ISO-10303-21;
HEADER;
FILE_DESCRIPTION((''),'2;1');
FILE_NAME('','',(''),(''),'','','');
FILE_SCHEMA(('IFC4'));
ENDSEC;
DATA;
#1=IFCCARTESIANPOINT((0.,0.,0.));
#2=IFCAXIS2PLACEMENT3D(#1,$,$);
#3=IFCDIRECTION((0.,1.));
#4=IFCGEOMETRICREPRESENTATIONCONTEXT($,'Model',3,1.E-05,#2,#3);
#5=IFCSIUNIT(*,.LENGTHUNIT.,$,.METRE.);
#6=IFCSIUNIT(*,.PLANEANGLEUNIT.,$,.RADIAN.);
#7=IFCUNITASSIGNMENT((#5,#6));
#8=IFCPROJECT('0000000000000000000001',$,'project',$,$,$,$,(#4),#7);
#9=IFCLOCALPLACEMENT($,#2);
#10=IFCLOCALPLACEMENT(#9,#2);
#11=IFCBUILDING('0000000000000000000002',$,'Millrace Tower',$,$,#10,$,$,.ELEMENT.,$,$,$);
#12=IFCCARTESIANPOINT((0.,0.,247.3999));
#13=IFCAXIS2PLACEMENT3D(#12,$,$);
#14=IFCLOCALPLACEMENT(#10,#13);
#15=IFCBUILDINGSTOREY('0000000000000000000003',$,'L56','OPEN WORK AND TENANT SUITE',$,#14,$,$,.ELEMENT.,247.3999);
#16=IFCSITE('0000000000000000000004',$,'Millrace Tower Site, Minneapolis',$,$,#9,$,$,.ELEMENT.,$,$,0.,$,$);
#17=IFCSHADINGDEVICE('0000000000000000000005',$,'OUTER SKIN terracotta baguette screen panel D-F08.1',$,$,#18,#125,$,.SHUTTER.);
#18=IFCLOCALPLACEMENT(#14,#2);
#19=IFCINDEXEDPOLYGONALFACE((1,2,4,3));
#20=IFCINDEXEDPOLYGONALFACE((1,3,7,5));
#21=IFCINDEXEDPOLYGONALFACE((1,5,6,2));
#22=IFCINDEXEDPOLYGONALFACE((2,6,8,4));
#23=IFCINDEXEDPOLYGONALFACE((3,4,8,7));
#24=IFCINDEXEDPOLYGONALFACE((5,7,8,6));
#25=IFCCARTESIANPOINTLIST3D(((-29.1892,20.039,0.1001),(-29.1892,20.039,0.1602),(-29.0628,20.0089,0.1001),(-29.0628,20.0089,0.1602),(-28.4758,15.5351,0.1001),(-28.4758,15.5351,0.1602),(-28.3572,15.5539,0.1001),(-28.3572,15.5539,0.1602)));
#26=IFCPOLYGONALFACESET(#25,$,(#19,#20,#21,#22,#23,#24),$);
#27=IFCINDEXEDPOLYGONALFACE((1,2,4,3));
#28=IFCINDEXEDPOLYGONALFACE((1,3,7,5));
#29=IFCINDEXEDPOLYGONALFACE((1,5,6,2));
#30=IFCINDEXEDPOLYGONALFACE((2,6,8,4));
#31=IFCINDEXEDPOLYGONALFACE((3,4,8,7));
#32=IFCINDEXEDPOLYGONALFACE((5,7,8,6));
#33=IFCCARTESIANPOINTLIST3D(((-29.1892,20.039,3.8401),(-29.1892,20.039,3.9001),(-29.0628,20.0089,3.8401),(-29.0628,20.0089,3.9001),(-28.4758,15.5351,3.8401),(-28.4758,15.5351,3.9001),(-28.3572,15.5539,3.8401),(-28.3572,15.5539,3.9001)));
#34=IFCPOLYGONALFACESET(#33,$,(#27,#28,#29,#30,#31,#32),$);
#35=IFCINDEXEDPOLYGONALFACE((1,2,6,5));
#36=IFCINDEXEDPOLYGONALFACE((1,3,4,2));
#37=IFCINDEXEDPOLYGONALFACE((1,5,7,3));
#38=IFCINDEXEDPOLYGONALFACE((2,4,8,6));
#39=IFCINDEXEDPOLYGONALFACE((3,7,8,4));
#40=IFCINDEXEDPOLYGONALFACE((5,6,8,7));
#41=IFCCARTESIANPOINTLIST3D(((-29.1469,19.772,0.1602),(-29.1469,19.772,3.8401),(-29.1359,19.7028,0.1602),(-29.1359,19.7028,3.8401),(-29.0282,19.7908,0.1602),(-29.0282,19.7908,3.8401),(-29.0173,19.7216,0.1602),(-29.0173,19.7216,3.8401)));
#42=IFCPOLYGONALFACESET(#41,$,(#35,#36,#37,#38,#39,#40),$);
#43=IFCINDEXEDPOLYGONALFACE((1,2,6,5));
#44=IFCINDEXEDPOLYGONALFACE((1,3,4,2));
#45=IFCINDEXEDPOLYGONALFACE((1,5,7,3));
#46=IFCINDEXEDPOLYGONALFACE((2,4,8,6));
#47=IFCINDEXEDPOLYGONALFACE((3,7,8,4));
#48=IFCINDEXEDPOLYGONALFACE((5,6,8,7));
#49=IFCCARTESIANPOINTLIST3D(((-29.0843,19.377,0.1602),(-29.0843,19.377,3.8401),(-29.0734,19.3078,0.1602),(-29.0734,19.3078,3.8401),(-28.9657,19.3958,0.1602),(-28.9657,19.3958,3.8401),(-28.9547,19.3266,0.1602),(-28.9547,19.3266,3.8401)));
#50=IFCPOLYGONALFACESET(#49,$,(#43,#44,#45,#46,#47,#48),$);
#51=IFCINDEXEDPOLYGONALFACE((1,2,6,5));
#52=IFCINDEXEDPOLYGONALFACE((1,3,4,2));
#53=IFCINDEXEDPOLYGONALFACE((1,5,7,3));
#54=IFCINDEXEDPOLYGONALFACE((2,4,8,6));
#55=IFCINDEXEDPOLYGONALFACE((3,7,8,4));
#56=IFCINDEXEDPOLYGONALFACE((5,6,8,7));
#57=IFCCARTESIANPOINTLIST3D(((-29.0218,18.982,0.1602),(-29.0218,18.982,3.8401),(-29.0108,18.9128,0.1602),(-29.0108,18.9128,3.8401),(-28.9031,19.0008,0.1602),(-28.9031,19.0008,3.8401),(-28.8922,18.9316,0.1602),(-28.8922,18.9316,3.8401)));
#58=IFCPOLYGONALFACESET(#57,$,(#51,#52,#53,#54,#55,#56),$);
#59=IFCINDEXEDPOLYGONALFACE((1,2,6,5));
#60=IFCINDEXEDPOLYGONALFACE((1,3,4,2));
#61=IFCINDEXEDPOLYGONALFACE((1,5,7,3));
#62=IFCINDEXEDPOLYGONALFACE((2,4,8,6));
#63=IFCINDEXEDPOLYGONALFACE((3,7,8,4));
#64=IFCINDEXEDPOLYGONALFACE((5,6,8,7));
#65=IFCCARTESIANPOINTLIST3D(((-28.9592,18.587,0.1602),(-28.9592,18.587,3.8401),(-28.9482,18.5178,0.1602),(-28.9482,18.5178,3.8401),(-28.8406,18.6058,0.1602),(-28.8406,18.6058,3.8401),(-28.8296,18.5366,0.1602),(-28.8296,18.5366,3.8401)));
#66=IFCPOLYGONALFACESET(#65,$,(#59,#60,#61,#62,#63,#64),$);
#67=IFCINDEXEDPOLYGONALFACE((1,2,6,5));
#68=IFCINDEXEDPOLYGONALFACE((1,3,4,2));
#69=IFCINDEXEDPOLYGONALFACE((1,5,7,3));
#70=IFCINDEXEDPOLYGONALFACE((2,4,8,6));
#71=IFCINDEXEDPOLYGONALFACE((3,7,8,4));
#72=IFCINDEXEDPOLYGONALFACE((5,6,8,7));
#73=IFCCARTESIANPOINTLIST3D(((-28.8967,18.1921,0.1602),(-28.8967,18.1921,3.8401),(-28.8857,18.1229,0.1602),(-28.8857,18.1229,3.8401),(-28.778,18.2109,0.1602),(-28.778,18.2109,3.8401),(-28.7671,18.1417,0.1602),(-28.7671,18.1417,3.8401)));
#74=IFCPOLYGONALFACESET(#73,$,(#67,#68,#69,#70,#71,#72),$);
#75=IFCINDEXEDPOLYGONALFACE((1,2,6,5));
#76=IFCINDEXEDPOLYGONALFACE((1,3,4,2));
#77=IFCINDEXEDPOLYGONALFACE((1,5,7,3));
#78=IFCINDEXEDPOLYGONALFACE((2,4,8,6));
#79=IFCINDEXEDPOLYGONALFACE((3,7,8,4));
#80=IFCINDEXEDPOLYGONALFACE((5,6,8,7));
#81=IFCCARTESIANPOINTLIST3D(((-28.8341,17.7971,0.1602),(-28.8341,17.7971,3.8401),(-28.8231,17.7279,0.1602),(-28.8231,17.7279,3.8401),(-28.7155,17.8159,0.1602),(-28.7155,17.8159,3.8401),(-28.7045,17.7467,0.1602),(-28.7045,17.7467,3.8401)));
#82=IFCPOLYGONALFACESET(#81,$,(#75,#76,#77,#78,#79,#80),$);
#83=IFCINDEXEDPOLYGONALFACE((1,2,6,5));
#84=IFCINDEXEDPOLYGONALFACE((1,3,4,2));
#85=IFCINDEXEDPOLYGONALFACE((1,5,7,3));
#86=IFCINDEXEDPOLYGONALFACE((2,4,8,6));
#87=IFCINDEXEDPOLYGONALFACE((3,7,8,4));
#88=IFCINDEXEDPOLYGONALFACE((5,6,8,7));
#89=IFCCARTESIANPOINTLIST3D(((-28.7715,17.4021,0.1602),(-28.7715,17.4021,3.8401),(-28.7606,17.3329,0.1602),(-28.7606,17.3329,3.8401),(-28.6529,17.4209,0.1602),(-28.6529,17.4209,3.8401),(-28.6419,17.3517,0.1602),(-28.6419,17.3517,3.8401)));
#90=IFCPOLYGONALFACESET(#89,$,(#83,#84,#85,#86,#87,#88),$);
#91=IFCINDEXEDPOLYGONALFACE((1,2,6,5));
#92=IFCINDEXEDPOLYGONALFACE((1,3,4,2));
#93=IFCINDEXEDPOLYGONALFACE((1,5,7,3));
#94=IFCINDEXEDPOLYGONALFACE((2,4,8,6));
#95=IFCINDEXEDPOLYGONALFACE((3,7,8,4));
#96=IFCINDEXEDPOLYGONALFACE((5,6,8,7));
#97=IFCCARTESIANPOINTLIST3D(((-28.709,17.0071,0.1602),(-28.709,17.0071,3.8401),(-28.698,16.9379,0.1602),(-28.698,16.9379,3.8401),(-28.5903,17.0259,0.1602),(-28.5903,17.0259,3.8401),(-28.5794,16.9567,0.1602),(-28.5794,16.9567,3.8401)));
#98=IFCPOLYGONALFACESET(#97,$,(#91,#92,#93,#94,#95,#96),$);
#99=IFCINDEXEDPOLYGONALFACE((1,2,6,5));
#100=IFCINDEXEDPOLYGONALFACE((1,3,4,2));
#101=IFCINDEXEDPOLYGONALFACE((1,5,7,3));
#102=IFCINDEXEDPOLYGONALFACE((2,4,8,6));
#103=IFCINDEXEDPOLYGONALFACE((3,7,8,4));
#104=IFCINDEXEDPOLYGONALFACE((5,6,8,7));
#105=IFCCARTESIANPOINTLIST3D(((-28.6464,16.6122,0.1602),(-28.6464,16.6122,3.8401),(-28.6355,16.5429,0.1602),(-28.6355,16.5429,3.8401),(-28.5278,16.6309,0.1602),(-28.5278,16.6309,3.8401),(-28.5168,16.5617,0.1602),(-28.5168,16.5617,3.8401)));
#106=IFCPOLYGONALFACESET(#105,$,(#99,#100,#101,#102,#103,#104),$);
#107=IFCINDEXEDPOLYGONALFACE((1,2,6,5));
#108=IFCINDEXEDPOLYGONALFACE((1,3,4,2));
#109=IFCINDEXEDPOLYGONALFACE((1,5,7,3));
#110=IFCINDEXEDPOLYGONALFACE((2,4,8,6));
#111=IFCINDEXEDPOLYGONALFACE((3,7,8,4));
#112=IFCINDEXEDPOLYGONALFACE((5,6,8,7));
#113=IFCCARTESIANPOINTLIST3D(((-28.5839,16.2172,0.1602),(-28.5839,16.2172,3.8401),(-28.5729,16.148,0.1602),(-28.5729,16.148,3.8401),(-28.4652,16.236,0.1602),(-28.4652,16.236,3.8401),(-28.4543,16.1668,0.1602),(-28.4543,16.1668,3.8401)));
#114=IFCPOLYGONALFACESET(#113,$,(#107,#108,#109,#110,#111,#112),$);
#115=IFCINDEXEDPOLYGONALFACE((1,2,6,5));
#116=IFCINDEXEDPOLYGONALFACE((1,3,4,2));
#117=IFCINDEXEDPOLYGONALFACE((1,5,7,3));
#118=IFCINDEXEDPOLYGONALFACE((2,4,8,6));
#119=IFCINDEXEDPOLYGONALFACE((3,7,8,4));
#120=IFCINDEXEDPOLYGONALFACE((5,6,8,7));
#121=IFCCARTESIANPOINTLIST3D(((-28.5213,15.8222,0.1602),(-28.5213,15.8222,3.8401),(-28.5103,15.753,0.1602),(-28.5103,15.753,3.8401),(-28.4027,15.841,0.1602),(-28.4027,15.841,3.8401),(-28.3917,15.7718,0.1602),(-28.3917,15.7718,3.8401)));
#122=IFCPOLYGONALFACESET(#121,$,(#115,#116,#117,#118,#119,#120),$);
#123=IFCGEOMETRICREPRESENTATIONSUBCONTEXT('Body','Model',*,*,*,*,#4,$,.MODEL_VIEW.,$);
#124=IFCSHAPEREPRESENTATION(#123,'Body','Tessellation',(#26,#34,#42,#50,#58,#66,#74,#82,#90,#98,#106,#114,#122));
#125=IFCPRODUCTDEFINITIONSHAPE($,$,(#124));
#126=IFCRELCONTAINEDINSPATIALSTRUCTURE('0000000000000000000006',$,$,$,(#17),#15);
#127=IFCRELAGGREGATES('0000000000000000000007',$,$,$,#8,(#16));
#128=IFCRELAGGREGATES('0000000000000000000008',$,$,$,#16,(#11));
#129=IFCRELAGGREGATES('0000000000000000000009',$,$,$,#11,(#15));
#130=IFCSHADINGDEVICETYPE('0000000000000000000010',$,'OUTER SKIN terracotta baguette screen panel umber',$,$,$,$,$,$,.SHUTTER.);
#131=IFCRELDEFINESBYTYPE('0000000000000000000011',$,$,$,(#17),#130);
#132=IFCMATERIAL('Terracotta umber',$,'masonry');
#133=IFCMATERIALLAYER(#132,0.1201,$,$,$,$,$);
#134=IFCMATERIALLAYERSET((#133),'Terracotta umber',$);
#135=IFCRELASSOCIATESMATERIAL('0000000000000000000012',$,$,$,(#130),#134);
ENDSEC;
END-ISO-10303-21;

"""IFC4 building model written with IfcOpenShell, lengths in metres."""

from ifc_helpers import new_model, entity, si_unit, direction, frame, frame_2d, origin, place, context, subcontext, project, spatial, rectangle, extrude, source, transform, mapped, material, layer, layer_set, type_object, element, save


model = new_model("IFC4")

# Units and contexts
model_context = context("Model", 3, precision=1e-05, world=origin(), true_north=direction((0.0, 1.0)))
body_context = subcontext(model_context, "Body", "Model", "MODEL_VIEW")
ifc_project = project(units=[si_unit("LENGTHUNIT", "METRE"), si_unit("PLANEANGLEUNIT", "RADIAN")], contexts=[model_context])

# Site, building, storey
site_placement = place(None, origin())
site = spatial("IfcSite", under=ifc_project, at=site_placement, Name="Millrace Tower Site, Minneapolis", CompositionType="ELEMENT", RefElevation=0.0)
building_placement = place(site_placement, origin())
building = spatial("IfcBuilding", under=site, at=building_placement, Name="Millrace Tower", CompositionType="ELEMENT")
storey_placement = place(building_placement, frame((0.0, 0.0, 247.3999)))
storey = spatial("IfcBuildingStorey", under=building, at=storey_placement, Name="L56", Description="OPEN WORK AND TENANT SUITE", CompositionType="ELEMENT", Elevation=247.3999)

# Shading device
ifc_material_1 = material(Name="Terracotta umber", Category="masonry")
ifc_layer_1 = layer(ifc_material_1, 0.1201)
ifc_layer_set_1 = layer_set([ifc_layer_1], Name="Terracotta umber")
shading_device_type = type_object("IfcShadingDeviceType", Name="OUTER SKIN terracotta baguette screen panel umber", PredefinedType="SHUTTER", material=ifc_layer_set_1)
cartesian_point_1 = entity("IfcCartesianPoint", [-2.2429, 0.0601])
shared_polyline_1 = entity("IfcPolyline", [cartesian_point_1, entity("IfcCartesianPoint", [2.2676, 0.0601]), entity("IfcCartesianPoint", [2.2676, -0.0601]), entity("IfcCartesianPoint", [-2.2925, -0.0601]), cartesian_point_1])
shared_shape_1 = source(origin(), body_context, "Body", "SweptSolid", [
    entity("IfcExtrudedAreaSolid", entity("IfcArbitraryClosedProfileDef", "AREA", None, shared_polyline_1), entity("IfcAxis2Placement3D", entity("IfcCartesianPoint", [0.0, 0.0, 0.0])), entity("IfcDirection", [0.0, 0.0, 1.0]), 0.0601),
    entity("IfcExtrudedAreaSolid", entity("IfcArbitraryClosedProfileDef", "AREA", None, shared_polyline_1), entity("IfcAxis2Placement3D", entity("IfcCartesianPoint", [0.0, 0.0, 3.74])), entity("IfcDirection", [0.0, 0.0, 1.0]), 0.0601),
    extrude(rectangle(XDim=0.0701, YDim=0.1201, at=frame_2d((-1.9871, 0.0))), frame((0.0, 0.0, 0.0601)), (0.0, 0.0, 1.0), 3.6799),
    extrude(rectangle(XDim=0.0701, YDim=0.1201, at=frame_2d((-1.5872, 0.0))), frame((0.0, 0.0, 0.0601)), (0.0, 0.0, 1.0), 3.6799),
    extrude(rectangle(XDim=0.0701, YDim=0.1201, at=frame_2d((-1.1873, 0.0))), frame((0.0, 0.0, 0.0601)), (0.0, 0.0, 1.0), 3.6799),
    extrude(rectangle(XDim=0.0701, YDim=0.1201, at=frame_2d((-0.7874, 0.0))), frame((0.0, 0.0, 0.0601)), (0.0, 0.0, 1.0), 3.6799),
    extrude(rectangle(XDim=0.0701, YDim=0.1201, at=frame_2d((-0.3875, 0.0))), frame((0.0, 0.0, 0.0601)), (0.0, 0.0, 1.0), 3.6799),
    extrude(rectangle(XDim=0.0701, YDim=0.1201, at=frame_2d((0.0125, 0.0))), frame((0.0, 0.0, 0.0601)), (0.0, 0.0, 1.0), 3.6799),
    extrude(rectangle(XDim=0.0701, YDim=0.1201, at=frame_2d((0.4124, 0.0))), frame((0.0, 0.0, 0.0601)), (0.0, 0.0, 1.0), 3.6799),
    extrude(rectangle(XDim=0.0701, YDim=0.1201, at=frame_2d((0.8123, 0.0))), frame((0.0, 0.0, 0.0601)), (0.0, 0.0, 1.0), 3.6799),
    extrude(rectangle(XDim=0.0701, YDim=0.1201, at=frame_2d((1.2122, 0.0))), frame((0.0, 0.0, 0.0601)), (0.0, 0.0, 1.0), 3.6799),
    extrude(rectangle(XDim=0.0701, YDim=0.1201, at=frame_2d((1.6121, 0.0))), frame((0.0, 0.0, 0.0601)), (0.0, 0.0, 1.0), 3.6799),
    extrude(rectangle(XDim=0.0701, YDim=0.1201, at=frame_2d((2.012, 0.0))), frame((0.0, 0.0, 0.0601)), (0.0, 0.0, 1.0), 3.6799),
])
shading_device_1_placement = place(storey_placement, frame((-28.7712, 17.7842, 0.1001), z_axis=(0.0, 0.0, 1.0), x_axis=(0.156434, -0.987688, 0.0)))
element("IfcShadingDevice", 1, at=shading_device_1_placement, inside=storey, type_object=shading_device_type, Name="OUTER SKIN terracotta baguette screen panel D-F08.1", PredefinedType="SHUTTER", context=body_context, shape_type="MappedRepresentation", body=[
    mapped(shared_shape_1, transform((0.0, 0.0, 0.0), scale=1.0)),
])

save(model, "model.ifc")
